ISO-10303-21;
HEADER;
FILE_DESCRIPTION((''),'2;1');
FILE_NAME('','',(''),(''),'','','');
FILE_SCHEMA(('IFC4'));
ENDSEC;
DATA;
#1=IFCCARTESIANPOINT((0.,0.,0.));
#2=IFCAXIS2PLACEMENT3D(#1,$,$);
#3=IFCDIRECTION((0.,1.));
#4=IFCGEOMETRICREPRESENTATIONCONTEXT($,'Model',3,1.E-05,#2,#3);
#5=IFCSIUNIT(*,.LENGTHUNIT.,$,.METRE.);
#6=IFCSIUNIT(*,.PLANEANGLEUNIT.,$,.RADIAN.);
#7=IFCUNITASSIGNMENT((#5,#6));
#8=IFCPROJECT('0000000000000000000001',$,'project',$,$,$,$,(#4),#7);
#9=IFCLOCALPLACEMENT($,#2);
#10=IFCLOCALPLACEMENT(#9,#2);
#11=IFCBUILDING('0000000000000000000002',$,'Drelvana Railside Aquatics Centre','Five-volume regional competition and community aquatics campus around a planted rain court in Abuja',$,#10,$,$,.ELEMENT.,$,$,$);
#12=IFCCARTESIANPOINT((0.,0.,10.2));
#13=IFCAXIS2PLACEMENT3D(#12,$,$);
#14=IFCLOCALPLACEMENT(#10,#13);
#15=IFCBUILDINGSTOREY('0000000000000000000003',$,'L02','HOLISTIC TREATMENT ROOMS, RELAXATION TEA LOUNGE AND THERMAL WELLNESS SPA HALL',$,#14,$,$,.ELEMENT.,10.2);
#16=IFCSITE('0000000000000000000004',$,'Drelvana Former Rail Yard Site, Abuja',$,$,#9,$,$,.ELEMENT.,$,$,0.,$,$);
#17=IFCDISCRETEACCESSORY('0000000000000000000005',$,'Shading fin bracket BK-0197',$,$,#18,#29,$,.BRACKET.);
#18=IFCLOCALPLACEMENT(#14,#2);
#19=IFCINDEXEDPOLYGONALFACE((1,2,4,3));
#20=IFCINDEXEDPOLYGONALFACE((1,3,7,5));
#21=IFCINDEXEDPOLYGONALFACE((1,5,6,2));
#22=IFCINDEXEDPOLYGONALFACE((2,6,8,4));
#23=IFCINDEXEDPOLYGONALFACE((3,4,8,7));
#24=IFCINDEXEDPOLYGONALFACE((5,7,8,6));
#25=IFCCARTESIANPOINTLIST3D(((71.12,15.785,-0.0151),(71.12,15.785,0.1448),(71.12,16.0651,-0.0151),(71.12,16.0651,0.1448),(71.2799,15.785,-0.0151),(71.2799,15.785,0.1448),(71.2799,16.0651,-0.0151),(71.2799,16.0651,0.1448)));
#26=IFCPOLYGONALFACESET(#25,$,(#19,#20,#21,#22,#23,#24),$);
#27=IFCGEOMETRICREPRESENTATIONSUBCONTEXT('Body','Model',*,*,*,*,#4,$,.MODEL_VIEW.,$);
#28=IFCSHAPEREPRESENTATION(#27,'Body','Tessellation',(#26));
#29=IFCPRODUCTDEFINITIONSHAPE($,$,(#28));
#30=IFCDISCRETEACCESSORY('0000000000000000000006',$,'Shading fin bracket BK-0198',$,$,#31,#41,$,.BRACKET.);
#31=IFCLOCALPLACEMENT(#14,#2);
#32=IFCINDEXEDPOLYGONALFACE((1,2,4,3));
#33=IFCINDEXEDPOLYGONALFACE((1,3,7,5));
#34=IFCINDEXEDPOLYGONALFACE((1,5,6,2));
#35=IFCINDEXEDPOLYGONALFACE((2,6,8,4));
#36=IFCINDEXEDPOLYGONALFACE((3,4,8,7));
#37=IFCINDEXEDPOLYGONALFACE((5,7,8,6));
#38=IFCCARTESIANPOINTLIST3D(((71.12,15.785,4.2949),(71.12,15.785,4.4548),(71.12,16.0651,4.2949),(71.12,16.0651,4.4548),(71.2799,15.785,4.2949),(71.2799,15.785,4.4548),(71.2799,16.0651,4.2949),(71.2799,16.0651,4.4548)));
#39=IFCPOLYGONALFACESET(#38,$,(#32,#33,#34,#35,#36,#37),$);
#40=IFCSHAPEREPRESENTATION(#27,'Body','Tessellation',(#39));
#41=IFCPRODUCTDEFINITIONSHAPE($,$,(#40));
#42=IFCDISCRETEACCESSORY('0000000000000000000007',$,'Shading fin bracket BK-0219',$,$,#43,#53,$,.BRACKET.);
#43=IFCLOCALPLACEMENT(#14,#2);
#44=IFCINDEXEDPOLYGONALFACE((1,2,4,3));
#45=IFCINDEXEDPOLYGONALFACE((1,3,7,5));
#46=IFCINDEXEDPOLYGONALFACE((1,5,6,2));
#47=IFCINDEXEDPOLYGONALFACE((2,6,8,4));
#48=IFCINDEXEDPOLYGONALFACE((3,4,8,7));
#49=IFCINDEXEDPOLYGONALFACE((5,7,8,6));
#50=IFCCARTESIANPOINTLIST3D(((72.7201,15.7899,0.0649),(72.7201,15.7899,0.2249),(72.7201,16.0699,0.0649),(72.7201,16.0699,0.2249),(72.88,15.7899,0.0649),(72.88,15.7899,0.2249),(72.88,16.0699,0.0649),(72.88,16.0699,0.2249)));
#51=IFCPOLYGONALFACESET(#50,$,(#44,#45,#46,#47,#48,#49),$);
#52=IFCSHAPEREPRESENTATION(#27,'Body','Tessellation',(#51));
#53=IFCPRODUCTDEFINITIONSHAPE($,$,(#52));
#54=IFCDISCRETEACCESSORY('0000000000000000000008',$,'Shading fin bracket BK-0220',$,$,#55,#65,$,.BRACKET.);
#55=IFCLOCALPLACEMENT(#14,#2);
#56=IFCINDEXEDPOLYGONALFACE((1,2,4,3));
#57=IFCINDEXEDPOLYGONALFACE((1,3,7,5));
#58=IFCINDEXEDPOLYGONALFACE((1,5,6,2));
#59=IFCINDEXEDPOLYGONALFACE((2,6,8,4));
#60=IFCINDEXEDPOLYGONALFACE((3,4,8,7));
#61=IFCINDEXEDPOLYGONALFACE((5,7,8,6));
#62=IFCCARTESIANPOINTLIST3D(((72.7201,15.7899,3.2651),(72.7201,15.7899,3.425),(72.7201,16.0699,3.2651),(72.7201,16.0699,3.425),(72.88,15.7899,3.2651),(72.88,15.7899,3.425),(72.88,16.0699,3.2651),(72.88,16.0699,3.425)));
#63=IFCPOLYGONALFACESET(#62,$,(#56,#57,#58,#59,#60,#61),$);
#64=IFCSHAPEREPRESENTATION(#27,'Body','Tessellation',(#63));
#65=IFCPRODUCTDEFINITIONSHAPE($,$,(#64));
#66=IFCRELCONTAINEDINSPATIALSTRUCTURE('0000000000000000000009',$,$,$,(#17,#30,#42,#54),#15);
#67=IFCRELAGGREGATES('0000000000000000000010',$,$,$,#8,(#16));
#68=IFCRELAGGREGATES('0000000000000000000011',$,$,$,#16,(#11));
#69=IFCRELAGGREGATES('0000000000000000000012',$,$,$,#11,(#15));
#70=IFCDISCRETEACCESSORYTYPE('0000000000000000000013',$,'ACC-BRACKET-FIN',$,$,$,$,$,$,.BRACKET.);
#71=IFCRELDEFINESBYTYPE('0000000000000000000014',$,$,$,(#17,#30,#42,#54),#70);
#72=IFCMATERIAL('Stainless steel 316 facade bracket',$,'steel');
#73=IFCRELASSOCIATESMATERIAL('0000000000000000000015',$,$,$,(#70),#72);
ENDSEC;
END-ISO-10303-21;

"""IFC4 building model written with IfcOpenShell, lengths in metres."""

from ifc_helpers import new_model, si_unit, direction, frame, origin, origin_2d, place, context, subcontext, project, spatial, rectangle, extrude, material, type_object, element, save


model = new_model("IFC4")

# Units and contexts
model_context = context("Model", 3, precision=1e-05, world=origin(), true_north=direction((0.0, 1.0)))
body_context = subcontext(model_context, "Body", "Model", "MODEL_VIEW")
ifc_project = project(units=[si_unit("LENGTHUNIT", "METRE"), si_unit("PLANEANGLEUNIT", "RADIAN")], contexts=[model_context])

# Site, building, storey
site_placement = place(None, origin())
site = spatial("IfcSite", under=ifc_project, at=site_placement, Name="Drelvana Former Rail Yard Site, Abuja", CompositionType="ELEMENT", RefElevation=0.0)
building_placement = place(site_placement, origin())
building = spatial("IfcBuilding", under=site, at=building_placement, Name="Drelvana Railside Aquatics Centre", Description="Five-volume regional competition and community aquatics campus around a planted rain court in Abuja", CompositionType="ELEMENT")
storey_placement = place(building_placement, frame((0.0, 0.0, 10.2)))
storey = spatial("IfcBuildingStorey", under=building, at=storey_placement, Name="L02", Description="HOLISTIC TREATMENT ROOMS, RELAXATION TEA LOUNGE AND THERMAL WELLNESS SPA HALL", CompositionType="ELEMENT", Elevation=10.2)

# Discrete accessories
ifc_material_1 = material(Name="Stainless steel 316 facade bracket", Category="steel")
discrete_accessory_type = type_object("IfcDiscreteAccessoryType", Name="ACC-BRACKET-FIN", PredefinedType="BRACKET", material=ifc_material_1)
for number, where, z_axis, x_axis, name in (
    (1, (71.2, 15.925, -0.0151), (0.0, 0.0, 1.0), (0.0, -1.0, 0.0), "Shading fin bracket BK-0197"),
    (2, (71.2, 15.925, 4.2949), (0.0, 0.0, 1.0), (0.0, -1.0, 0.0), "Shading fin bracket BK-0198"),
    (3, (72.8, 15.9299, 0.0649), (0.0, 0.0, 1.0), (0.0, -1.0, 0.0), "Shading fin bracket BK-0219"),
    (4, (72.8, 15.9299, 3.2651), (0.0, 0.0, 1.0), (0.0, -1.0, 0.0), "Shading fin bracket BK-0220"),
):
    element("IfcDiscreteAccessory", number, at=place(storey_placement, frame(where, z_axis=z_axis, x_axis=x_axis)), inside=storey, type_object=discrete_accessory_type, Name=name, PredefinedType="BRACKET", context=body_context, shape_type="SweptSolid", body=[
        extrude(rectangle(XDim=0.28, YDim=0.1599, at=origin_2d()), origin(), (0.0, 0.0, 1.0), 0.1599),
    ])

save(model, "model.ifc")
